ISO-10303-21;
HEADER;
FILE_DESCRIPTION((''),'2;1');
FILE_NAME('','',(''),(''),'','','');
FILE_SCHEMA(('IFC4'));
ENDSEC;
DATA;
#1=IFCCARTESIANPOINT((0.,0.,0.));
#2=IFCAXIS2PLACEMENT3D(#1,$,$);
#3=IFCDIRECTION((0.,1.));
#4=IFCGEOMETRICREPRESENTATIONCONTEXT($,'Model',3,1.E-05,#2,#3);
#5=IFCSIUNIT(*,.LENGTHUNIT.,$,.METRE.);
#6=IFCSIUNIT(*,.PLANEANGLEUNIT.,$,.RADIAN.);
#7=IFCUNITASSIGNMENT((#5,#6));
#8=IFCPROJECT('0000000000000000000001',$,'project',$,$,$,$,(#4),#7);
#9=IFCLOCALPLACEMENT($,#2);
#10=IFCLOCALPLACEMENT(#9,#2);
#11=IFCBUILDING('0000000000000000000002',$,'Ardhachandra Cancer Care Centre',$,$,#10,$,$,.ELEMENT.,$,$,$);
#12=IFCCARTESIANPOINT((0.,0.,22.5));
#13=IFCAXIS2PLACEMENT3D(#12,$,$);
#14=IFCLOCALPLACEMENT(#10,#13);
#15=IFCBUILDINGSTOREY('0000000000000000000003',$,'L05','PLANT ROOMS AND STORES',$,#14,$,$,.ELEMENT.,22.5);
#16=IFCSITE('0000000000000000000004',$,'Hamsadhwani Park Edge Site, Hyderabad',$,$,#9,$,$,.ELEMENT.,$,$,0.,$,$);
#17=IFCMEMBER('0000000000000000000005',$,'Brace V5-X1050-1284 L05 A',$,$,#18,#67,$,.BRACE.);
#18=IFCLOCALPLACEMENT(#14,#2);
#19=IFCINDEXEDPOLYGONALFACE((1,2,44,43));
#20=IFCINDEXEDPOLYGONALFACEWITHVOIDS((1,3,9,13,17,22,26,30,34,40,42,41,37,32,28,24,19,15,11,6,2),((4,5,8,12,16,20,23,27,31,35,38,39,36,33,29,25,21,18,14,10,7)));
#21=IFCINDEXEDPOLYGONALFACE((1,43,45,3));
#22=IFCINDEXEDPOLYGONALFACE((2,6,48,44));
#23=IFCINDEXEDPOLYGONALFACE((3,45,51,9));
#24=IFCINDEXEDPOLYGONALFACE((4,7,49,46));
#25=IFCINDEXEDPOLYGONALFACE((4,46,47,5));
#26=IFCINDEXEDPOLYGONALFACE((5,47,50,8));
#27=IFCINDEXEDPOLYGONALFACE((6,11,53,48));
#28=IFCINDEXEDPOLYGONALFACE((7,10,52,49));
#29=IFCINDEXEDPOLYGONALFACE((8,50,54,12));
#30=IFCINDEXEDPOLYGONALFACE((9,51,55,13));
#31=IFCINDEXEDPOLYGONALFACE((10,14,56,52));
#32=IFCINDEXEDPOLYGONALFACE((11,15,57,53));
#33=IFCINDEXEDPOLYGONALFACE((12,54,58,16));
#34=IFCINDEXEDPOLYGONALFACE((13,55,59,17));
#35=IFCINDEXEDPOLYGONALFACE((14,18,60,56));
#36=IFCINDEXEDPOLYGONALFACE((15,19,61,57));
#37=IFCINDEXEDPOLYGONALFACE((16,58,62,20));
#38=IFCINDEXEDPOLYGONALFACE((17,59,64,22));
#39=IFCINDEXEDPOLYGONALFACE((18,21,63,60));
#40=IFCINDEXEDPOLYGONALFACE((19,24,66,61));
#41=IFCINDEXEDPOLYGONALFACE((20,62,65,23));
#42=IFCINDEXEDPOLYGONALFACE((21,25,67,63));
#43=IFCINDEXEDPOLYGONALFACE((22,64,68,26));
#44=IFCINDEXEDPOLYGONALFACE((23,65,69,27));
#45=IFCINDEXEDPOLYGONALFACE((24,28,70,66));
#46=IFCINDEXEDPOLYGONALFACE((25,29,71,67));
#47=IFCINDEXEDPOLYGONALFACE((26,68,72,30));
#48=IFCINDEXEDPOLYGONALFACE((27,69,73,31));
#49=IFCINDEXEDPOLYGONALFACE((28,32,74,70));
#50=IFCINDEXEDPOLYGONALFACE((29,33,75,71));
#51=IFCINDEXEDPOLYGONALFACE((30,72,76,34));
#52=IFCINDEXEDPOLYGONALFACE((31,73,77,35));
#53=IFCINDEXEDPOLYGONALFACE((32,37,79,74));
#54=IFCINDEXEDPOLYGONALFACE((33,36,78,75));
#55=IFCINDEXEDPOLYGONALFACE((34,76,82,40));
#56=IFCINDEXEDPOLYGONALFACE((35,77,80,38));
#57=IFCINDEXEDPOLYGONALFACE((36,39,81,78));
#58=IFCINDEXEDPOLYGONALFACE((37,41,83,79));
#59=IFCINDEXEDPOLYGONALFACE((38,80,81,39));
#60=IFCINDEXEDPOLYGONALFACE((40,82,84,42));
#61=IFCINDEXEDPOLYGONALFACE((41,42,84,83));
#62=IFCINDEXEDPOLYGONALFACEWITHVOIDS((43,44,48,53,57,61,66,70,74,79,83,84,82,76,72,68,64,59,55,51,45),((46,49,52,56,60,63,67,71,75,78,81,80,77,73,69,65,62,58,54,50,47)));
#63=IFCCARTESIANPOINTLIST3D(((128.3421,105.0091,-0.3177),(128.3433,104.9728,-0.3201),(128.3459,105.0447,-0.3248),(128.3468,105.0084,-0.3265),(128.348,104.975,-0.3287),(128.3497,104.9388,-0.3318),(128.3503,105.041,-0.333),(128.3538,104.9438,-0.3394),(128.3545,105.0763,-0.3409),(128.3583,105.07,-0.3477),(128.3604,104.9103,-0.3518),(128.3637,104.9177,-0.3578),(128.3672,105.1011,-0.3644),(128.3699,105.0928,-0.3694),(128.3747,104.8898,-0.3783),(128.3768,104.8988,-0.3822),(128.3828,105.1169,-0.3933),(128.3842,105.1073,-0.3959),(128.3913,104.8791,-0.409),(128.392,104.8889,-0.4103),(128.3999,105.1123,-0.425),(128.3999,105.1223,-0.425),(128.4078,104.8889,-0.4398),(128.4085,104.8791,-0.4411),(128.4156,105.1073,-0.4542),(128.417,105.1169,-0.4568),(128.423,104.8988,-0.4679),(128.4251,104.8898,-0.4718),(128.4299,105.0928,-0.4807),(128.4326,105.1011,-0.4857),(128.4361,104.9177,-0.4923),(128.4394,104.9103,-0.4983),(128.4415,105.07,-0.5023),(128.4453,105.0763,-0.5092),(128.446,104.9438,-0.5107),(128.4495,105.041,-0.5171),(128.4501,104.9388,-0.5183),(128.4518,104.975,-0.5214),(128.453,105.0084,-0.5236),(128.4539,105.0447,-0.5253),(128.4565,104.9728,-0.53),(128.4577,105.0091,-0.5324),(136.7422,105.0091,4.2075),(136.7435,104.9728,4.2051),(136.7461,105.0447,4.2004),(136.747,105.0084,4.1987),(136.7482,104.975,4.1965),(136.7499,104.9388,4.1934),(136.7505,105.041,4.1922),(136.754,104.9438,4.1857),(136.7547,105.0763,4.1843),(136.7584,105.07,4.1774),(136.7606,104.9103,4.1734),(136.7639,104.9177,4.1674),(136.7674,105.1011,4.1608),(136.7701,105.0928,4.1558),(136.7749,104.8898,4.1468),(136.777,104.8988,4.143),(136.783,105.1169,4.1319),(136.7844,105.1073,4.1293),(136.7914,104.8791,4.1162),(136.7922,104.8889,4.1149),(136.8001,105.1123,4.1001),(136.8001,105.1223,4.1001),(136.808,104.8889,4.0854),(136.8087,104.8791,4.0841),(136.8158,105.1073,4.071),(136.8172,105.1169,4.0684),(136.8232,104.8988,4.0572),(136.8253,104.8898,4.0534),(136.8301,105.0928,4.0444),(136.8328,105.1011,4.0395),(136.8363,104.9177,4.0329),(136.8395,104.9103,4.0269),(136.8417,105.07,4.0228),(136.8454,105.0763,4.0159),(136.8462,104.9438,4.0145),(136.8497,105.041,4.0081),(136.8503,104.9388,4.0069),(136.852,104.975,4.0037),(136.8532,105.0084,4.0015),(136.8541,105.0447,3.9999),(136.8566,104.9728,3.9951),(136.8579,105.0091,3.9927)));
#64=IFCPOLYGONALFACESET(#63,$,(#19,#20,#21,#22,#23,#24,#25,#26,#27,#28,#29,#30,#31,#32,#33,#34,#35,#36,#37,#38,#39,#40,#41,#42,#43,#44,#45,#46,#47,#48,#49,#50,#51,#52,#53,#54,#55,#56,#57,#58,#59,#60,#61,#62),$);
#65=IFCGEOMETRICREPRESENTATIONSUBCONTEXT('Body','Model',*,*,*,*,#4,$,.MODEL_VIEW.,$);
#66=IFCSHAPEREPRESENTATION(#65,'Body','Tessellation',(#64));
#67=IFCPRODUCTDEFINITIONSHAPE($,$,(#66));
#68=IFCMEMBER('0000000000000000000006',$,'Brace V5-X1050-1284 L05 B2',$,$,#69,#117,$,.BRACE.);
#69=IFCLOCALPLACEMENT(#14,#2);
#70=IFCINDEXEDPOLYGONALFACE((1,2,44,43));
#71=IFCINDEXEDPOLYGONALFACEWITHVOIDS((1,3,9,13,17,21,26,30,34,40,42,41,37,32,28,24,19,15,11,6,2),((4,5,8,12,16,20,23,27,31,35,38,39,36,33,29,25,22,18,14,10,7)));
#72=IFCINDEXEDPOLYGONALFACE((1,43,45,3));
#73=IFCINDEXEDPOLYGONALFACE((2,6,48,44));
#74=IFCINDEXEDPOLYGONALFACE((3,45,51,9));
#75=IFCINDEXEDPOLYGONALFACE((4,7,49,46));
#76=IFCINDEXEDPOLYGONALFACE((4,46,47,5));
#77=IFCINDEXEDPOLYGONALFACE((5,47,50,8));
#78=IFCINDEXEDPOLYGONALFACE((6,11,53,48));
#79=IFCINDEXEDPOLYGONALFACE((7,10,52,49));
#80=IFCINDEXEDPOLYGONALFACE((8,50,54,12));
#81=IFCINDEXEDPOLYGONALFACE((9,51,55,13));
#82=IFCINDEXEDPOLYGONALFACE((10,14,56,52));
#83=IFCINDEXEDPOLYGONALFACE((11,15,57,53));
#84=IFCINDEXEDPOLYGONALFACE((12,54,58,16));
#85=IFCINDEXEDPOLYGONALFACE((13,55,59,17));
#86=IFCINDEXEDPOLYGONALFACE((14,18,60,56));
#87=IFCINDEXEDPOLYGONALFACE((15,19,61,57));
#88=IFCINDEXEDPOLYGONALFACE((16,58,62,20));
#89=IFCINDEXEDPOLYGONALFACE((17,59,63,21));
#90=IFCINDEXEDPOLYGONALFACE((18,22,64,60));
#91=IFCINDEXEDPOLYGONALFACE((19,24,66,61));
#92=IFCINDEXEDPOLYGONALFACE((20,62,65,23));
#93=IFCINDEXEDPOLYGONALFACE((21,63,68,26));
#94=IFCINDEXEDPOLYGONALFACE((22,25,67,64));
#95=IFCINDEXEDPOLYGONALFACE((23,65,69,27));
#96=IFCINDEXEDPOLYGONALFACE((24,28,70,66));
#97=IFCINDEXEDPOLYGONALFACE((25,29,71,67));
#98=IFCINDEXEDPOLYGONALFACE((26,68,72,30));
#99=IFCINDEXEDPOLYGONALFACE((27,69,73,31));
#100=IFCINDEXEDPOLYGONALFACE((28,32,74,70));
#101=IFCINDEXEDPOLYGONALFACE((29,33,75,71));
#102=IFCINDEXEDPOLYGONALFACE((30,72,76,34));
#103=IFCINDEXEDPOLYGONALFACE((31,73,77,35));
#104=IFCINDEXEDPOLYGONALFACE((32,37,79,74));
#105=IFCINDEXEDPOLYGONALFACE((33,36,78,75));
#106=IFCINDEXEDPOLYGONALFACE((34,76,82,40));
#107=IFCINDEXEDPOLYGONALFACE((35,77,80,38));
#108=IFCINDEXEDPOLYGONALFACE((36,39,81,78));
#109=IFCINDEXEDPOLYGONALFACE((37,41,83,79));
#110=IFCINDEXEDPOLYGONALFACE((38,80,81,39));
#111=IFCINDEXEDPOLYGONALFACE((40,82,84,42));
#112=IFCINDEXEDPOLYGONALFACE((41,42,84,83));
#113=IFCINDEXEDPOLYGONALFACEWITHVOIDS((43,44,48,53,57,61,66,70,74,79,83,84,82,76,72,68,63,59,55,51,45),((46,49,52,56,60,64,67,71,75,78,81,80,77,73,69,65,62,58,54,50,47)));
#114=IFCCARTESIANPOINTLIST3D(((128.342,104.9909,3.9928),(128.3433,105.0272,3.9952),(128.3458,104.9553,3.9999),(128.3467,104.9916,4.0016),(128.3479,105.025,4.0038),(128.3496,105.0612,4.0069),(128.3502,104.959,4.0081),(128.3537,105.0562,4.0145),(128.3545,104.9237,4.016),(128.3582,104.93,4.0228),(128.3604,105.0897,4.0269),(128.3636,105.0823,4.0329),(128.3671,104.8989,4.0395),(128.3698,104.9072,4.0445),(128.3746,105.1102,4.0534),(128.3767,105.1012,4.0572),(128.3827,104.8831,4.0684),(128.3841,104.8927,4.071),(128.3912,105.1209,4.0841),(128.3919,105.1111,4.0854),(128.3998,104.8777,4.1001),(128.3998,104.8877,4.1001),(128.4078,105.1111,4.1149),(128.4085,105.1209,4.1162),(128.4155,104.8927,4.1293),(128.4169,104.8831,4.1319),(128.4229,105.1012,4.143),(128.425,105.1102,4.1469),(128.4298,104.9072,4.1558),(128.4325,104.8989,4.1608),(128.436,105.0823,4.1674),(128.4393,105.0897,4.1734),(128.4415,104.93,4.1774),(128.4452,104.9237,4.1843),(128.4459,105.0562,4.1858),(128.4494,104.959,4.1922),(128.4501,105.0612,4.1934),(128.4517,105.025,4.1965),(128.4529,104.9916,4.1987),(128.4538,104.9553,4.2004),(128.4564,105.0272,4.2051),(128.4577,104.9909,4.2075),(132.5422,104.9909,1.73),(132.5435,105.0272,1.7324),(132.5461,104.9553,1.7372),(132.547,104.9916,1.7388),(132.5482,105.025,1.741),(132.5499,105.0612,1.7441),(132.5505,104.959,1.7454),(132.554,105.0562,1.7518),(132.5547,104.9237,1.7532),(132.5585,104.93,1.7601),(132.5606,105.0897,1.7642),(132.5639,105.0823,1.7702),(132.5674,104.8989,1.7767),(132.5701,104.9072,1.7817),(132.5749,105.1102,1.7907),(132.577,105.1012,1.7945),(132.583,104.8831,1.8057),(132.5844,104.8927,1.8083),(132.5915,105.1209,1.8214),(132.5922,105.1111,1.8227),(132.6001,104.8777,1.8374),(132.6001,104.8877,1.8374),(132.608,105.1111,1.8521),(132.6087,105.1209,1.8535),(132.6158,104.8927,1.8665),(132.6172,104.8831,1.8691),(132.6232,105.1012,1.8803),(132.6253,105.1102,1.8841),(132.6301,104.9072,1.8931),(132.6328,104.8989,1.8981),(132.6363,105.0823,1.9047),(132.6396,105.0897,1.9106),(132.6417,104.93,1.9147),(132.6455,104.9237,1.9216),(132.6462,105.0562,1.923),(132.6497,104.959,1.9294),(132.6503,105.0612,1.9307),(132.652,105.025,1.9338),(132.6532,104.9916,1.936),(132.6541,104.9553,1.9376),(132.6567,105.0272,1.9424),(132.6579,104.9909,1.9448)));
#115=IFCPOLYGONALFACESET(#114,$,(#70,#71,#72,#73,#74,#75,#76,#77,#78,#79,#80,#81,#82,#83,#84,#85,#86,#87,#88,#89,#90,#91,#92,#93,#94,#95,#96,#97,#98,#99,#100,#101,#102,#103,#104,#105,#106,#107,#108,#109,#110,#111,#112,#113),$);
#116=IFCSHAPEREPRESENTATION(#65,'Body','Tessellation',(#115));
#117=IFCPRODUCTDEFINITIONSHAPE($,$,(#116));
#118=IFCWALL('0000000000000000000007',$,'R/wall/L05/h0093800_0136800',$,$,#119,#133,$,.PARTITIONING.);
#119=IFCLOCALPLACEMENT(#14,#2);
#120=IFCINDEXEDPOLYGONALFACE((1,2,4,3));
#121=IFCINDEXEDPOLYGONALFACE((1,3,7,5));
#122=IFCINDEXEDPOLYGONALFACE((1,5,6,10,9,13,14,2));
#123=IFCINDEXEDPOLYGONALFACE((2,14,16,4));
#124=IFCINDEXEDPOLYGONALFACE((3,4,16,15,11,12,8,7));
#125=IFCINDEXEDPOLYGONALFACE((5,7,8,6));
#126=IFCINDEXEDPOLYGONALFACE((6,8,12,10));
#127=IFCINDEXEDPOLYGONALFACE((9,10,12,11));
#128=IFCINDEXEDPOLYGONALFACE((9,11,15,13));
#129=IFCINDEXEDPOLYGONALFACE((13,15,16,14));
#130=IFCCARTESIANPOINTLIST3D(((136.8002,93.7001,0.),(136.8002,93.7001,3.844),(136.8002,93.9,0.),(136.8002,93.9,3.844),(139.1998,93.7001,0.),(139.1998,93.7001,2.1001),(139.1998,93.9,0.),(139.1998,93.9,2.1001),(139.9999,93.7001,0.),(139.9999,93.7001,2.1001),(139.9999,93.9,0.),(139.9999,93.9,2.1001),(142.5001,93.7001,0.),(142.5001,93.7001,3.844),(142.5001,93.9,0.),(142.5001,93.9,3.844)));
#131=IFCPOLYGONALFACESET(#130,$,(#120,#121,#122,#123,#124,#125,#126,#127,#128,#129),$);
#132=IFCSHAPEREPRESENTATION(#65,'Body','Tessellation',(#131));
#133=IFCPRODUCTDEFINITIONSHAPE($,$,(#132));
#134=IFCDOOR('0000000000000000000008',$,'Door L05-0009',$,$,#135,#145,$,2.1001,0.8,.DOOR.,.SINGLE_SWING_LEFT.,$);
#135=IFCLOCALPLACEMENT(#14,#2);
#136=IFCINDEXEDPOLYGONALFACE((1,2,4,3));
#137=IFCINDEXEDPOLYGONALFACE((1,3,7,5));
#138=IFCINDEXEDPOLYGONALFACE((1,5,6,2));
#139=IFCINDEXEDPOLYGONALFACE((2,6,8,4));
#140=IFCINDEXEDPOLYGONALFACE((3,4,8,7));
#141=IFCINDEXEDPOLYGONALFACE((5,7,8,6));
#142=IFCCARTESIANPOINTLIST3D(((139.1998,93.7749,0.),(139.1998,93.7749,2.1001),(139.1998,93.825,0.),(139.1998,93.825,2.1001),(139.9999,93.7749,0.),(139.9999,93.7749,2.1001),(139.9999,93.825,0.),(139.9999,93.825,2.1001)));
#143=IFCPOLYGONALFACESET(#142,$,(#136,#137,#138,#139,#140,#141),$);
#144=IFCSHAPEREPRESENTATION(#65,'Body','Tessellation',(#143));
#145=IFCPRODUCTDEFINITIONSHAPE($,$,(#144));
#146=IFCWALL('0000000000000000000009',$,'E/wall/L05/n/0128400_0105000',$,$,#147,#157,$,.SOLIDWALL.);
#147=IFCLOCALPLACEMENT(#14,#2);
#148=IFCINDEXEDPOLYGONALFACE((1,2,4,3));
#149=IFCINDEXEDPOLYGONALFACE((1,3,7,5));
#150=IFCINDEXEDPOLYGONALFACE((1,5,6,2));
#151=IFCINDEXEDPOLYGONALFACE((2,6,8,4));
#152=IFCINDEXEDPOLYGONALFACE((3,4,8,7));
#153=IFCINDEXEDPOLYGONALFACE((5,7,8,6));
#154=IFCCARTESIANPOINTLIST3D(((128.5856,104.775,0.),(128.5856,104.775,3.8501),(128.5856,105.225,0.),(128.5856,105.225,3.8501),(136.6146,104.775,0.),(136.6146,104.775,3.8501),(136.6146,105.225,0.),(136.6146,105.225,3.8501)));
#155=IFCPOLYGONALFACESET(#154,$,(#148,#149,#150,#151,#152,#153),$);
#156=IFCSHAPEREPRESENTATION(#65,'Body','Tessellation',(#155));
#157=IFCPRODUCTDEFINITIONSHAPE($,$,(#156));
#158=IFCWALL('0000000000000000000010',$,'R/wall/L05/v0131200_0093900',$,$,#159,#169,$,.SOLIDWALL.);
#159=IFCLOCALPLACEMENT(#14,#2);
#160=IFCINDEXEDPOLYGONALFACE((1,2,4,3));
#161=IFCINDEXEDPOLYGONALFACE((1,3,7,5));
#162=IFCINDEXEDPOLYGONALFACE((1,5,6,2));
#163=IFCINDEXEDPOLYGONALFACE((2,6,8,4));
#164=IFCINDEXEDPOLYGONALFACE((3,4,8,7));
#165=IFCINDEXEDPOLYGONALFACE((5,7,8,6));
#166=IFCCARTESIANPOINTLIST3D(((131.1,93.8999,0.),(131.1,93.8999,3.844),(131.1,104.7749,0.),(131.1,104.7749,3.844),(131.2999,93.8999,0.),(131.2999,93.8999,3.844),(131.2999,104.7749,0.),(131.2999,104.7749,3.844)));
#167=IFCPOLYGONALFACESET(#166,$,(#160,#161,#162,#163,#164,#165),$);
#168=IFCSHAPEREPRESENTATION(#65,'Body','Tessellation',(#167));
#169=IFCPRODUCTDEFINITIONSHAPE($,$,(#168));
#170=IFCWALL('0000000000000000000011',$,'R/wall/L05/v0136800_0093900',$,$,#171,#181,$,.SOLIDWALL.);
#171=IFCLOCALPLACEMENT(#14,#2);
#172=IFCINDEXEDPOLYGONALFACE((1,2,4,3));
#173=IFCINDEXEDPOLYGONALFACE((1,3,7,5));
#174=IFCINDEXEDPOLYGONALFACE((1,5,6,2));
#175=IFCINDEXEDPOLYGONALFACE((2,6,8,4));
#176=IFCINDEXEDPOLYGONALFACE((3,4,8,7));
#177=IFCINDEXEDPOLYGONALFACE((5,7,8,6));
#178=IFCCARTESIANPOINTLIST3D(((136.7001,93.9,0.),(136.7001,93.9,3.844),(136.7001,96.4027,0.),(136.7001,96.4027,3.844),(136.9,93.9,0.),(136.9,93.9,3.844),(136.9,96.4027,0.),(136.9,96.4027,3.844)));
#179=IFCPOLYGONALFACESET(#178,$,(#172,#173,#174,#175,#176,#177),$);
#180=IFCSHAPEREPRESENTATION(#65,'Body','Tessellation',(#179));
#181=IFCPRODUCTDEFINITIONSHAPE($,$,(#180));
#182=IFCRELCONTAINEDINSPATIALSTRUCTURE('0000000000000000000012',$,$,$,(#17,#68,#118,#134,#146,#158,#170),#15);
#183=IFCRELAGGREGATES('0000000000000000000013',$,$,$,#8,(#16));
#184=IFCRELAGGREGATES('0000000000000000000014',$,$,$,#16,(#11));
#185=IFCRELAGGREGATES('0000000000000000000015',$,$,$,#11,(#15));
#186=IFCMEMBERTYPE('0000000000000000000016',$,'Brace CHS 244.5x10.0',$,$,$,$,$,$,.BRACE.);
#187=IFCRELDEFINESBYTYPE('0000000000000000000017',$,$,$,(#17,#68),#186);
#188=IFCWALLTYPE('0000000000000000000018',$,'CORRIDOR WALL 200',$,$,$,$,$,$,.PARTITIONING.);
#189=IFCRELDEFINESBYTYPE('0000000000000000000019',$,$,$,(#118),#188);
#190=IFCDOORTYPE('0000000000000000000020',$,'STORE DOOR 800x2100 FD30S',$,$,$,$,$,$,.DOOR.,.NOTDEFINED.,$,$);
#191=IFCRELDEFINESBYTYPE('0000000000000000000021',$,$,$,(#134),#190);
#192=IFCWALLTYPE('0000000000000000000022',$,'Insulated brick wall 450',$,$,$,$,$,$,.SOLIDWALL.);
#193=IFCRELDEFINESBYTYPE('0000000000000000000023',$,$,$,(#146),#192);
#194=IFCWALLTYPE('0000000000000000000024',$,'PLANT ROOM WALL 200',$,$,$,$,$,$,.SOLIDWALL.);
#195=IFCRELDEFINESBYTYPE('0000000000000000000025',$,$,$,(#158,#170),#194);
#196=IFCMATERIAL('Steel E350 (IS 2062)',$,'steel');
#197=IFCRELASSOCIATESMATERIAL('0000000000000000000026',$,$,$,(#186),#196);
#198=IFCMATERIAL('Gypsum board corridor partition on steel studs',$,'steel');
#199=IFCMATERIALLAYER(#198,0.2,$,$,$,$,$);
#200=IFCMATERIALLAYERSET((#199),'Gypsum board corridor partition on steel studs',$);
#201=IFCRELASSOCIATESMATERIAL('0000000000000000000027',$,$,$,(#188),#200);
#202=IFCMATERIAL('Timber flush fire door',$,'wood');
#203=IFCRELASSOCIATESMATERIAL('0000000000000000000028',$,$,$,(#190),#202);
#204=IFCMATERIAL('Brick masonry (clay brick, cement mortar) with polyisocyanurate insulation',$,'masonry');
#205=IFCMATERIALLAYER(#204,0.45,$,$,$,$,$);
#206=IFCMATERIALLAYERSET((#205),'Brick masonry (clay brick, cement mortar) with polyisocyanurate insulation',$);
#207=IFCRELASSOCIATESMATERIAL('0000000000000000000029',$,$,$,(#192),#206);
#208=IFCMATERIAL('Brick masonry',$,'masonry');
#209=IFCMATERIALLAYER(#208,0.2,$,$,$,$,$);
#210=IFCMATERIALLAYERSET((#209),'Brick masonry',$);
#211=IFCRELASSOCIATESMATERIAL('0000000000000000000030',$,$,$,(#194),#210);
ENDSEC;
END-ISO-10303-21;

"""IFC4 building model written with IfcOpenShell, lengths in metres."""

from ifc_helpers import new_model, si_unit, direction, frame, frame_2d, origin, origin_2d, place, context, subcontext, project, spatial, rectangle, hollow_circle, extrude, material, layer, layer_set, material_profile, profile_set, type_object, element, fill, save


model = new_model("IFC4")

# Units and contexts
model_context = context("Model", 3, precision=1e-05, world=origin(), true_north=direction((0.0, 1.0)))
body_context = subcontext(model_context, "Body", "Model", "MODEL_VIEW")
ifc_project = project(units=[si_unit("LENGTHUNIT", "METRE"), si_unit("PLANEANGLEUNIT", "RADIAN")], contexts=[model_context])

# Site, building, storey
site_placement = place(None, origin())
site = spatial("IfcSite", under=ifc_project, at=site_placement, Name="Hamsadhwani Park Edge Site, Hyderabad", CompositionType="ELEMENT", RefElevation=0.0)
building_placement = place(site_placement, origin())
building = spatial("IfcBuilding", under=site, at=building_placement, Name="Ardhachandra Cancer Care Centre", CompositionType="ELEMENT")
storey_placement = place(building_placement, frame((0.0, 0.0, 22.5)))
storey = spatial("IfcBuildingStorey", under=building, at=storey_placement, Name="L05", Description="PLANT ROOMS AND STORES", CompositionType="ELEMENT", Elevation=22.5)

# Members
ifc_material_1 = material(Name="Steel E350 (IS 2062)", Category="steel")
ifc_material_profile_1 = material_profile(ifc_material_1, hollow_circle(Radius=0.1223, WallThickness=0.01, at=origin_2d()), Name="CHS 244.5x10.0")
ifc_profile_set_1 = profile_set([ifc_material_profile_1], Name="Steel E350 (IS 2062)")
member_type = type_object("IfcMemberType", Name="Brace CHS 244.5x10.0", PredefinedType="BRACE", material=ifc_profile_set_1)
member_1_placement = place(storey_placement, frame((128.3999, 105.0, -0.425), z_axis=(0.880384, 0.0, 0.474262), x_axis=(0.0, 1.0, 0.0)))
element("IfcMember", 1, at=member_1_placement, inside=storey, type_object=member_type, Name="Brace V5-X1050-1284 L05 A", PredefinedType="BRACE", context=body_context, shape_type="SweptSolid", body=[
    extrude(hollow_circle(Radius=0.1223, WallThickness=0.01, at=origin_2d()), origin(), (0.0, 0.0, 1.0), 9.5415),
])
member_2_placement = place(storey_placement, frame((132.6001, 105.0, 1.8374), z_axis=(-0.880379, 0.0, 0.474271), x_axis=(0.0, -1.0, 0.0)))
element("IfcMember", 2, at=member_2_placement, inside=storey, type_object=member_type, Name="Brace V5-X1050-1284 L05 B2", PredefinedType="BRACE", context=body_context, shape_type="SweptSolid", body=[
    extrude(hollow_circle(Radius=0.1223, WallThickness=0.01, at=origin_2d()), origin(), (0.0, 0.0, 1.0), 4.771),
])

# Wall, opening, door
ifc_material_2 = material(Name="Gypsum board corridor partition on steel studs", Category="steel")
ifc_layer_1 = layer(ifc_material_2, 0.2)
ifc_layer_set_1 = layer_set([ifc_layer_1], Name="Gypsum board corridor partition on steel studs")
wall_type_1 = type_object("IfcWallType", Name="CORRIDOR WALL 200", PredefinedType="PARTITIONING", material=ifc_layer_set_1)
wall_1_placement = place(storey_placement, frame((136.8, 93.8, 0.0), z_axis=(0.0, 0.0, 1.0), x_axis=(1.0, 0.0, 0.0)))
wall_1 = element("IfcWall", 3, at=wall_1_placement, inside=storey, type_object=wall_type_1, Name="R/wall/L05/h0093800_0136800", PredefinedType="PARTITIONING", context=body_context, shape_type="SweptSolid", body=[
    extrude(rectangle(XDim=5.7, YDim=0.2, at=frame_2d((2.8501, 0.0))), origin(), (0.0, 0.0, 1.0), 3.844),
])
opening_placement = place(wall_1_placement, frame((2.3999, 0.0, 0.0)))
opening = element("IfcOpeningElement", 4, at=opening_placement, cuts=wall_1, PredefinedType="OPENING", context=body_context, shape_type="SweptSolid", body=[
    extrude(rectangle(XDim=0.8, YDim=2.1001, at=frame_2d((0.3999, 1.05))), frame((0.0, 0.1099, 0.0), z_axis=(0.0, -1.0, 0.0), x_axis=(1.0, 0.0, 0.0)), (0.0, 0.0, 1.0), 0.22),
])
ifc_material_3 = material(Name="Timber flush fire door", Category="wood")
door_type = type_object("IfcDoorType", Name="STORE DOOR 800x2100 FD30S", OperationType="NOTDEFINED", PredefinedType="DOOR", material=ifc_material_3)
door_placement = place(opening_placement, origin())
door = element("IfcDoor", 5, at=door_placement, inside=storey, type_object=door_type, Name="Door L05-0009", OperationType="SINGLE_SWING_LEFT", OverallHeight=2.1001, OverallWidth=0.8, PredefinedType="DOOR", context=body_context, shape_type="SweptSolid", body=[
    extrude(rectangle(XDim=0.8, YDim=2.1001, at=frame_2d((0.3999, 1.05))), frame((0.0, 0.0249, 0.0), z_axis=(0.0, -1.0, 0.0), x_axis=(1.0, 0.0, 0.0)), (0.0, 0.0, 1.0), 0.05),
])
fill(opening, door)

# Walls
ifc_material_4 = material(Name="Brick masonry (clay brick, cement mortar) with polyisocyanurate insulation", Category="masonry")
ifc_layer_2 = layer(ifc_material_4, 0.45)
ifc_layer_set_2 = layer_set([ifc_layer_2], Name="Brick masonry (clay brick, cement mortar) with polyisocyanurate insulation")
wall_type_2 = type_object("IfcWallType", Name="Insulated brick wall 450", PredefinedType="SOLIDWALL", material=ifc_layer_set_2)
wall_2_placement = place(storey_placement, frame((128.5854, 105.0, 0.0), z_axis=(0.0, 0.0, 1.0), x_axis=(1.0, 0.0, 0.0)))
element("IfcWall", 6, at=wall_2_placement, inside=storey, type_object=wall_type_2, Name="E/wall/L05/n/0128400_0105000", PredefinedType="SOLIDWALL", context=body_context, shape_type="SweptSolid", body=[
    extrude(rectangle(XDim=8.0291, YDim=0.45, at=frame_2d((4.0146, 0.0))), origin(), (0.0, 0.0, 1.0), 3.8501),
])
ifc_material_5 = material(Name="Brick masonry", Category="masonry")
ifc_layer_3 = layer(ifc_material_5, 0.2)
ifc_layer_set_3 = layer_set([ifc_layer_3], Name="Brick masonry")
wall_type_3 = type_object("IfcWallType", Name="PLANT ROOM WALL 200", PredefinedType="SOLIDWALL", material=ifc_layer_set_3)
wall_3_placement = place(storey_placement, frame((131.2, 93.8999, 0.0), z_axis=(0.0, 0.0, 1.0), x_axis=(0.0, 1.0, 0.0)))
element("IfcWall", 7, at=wall_3_placement, inside=storey, type_object=wall_type_3, Name="R/wall/L05/v0131200_0093900", PredefinedType="SOLIDWALL", context=body_context, shape_type="SweptSolid", body=[
    extrude(rectangle(XDim=10.875, YDim=0.2, at=frame_2d((5.4375, 0.0))), origin(), (0.0, 0.0, 1.0), 3.844),
])
wall_4_placement = place(storey_placement, frame((136.8, 93.8999, 0.0), z_axis=(0.0, 0.0, 1.0), x_axis=(0.0, 1.0, 0.0)))
element("IfcWall", 8, at=wall_4_placement, inside=storey, type_object=wall_type_3, Name="R/wall/L05/v0136800_0093900", PredefinedType="SOLIDWALL", context=body_context, shape_type="SweptSolid", body=[
    extrude(rectangle(XDim=2.5027, YDim=0.2, at=frame_2d((1.2515, 0.0))), origin(), (0.0, 0.0, 1.0), 3.844),
])

save(model, "model.ifc")
